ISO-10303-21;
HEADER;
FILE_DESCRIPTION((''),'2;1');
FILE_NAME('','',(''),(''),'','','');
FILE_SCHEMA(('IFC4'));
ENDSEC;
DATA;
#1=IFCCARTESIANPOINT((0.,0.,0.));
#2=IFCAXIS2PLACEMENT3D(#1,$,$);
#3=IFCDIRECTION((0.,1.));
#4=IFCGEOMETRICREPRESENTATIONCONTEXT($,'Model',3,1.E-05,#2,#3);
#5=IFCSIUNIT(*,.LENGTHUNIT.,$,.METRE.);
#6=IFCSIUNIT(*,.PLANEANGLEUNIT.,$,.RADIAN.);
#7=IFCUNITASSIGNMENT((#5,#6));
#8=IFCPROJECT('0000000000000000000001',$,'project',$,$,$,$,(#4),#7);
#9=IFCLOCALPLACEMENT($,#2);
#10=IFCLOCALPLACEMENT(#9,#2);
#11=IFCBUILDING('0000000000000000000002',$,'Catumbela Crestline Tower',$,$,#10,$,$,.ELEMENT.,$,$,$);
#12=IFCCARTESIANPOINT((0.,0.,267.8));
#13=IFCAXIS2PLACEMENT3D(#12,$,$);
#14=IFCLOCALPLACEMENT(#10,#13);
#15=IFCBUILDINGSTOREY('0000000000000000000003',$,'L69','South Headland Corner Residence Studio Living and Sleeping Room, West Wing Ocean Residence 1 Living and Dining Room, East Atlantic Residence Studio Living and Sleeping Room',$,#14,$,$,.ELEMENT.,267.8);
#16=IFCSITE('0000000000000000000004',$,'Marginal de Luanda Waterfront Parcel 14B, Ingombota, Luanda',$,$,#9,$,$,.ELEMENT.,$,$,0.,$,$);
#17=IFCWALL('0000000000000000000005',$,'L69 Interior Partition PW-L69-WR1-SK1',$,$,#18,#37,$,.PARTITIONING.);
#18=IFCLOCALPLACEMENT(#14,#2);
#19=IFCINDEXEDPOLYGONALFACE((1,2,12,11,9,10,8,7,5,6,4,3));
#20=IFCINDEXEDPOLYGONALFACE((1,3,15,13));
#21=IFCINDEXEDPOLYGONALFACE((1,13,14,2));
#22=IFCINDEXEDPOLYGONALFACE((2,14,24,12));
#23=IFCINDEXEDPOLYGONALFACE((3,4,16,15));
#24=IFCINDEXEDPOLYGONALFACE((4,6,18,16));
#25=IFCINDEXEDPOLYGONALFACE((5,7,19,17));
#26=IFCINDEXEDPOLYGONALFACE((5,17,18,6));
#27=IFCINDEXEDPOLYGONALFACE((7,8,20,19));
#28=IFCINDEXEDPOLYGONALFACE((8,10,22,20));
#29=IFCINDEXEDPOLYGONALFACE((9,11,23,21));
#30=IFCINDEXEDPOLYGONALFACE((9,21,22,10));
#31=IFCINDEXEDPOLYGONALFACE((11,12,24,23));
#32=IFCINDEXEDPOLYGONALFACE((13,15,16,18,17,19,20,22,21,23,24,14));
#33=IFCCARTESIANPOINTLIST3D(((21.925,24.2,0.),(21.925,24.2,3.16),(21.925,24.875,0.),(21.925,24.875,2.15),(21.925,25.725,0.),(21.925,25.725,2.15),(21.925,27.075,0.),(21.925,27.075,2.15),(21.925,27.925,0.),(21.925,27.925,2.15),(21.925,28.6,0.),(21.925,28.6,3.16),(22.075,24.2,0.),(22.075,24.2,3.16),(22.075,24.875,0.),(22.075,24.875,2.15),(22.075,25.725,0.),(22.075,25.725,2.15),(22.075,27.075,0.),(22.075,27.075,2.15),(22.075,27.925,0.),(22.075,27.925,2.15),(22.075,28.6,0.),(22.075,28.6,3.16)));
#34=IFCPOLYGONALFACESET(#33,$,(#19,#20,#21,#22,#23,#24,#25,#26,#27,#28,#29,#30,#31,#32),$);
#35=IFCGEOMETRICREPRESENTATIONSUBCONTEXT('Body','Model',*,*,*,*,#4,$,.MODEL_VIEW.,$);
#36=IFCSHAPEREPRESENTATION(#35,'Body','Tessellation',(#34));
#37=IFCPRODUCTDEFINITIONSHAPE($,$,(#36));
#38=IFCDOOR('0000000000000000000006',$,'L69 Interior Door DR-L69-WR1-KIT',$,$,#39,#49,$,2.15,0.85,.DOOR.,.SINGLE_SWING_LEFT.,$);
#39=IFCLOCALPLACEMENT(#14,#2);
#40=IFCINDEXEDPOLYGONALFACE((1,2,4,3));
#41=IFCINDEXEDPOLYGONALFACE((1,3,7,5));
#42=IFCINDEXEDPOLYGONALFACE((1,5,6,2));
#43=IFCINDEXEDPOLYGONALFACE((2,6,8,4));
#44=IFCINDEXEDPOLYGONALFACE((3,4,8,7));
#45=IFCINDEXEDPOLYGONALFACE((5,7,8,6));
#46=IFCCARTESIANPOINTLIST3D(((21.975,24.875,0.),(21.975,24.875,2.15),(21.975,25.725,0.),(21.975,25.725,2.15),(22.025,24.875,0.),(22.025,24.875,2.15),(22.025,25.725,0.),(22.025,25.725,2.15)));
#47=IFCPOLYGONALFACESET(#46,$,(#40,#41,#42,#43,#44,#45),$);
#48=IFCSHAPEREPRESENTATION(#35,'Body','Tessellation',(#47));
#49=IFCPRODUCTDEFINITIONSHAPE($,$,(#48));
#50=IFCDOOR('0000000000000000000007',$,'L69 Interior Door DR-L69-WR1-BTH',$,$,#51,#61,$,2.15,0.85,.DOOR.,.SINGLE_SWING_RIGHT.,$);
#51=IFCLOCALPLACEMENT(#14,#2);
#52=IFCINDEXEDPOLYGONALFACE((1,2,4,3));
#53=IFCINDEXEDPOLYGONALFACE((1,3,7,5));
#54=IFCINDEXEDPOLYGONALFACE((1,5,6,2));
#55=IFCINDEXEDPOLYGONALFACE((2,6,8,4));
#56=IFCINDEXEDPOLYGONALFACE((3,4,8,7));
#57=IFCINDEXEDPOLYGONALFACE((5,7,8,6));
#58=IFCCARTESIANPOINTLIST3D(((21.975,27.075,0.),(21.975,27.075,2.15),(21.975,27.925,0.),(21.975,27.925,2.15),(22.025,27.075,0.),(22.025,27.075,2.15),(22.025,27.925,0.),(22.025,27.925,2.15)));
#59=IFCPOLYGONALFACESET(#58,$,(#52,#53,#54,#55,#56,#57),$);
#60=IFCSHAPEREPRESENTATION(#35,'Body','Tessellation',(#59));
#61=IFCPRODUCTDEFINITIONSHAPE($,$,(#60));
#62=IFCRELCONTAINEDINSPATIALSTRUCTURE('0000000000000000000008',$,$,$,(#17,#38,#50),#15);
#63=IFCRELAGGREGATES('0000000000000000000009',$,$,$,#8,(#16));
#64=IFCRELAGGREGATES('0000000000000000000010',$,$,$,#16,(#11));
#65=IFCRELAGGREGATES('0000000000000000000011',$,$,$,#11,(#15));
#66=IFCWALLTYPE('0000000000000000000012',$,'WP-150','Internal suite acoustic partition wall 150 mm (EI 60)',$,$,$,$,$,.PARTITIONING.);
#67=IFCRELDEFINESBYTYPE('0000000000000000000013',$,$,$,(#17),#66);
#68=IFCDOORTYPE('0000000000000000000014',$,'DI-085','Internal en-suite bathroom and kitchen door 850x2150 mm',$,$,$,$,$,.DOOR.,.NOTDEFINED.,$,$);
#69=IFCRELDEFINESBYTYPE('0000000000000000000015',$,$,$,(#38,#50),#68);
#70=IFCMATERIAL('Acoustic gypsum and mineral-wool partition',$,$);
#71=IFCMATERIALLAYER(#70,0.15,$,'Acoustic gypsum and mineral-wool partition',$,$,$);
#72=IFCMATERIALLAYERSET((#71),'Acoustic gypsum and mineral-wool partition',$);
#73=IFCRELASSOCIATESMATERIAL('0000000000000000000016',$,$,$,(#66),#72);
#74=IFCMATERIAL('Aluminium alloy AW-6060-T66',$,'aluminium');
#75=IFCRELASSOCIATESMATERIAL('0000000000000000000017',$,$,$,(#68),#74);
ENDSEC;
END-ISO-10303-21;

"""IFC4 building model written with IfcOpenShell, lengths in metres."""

from ifc_helpers import new_model, si_unit, direction, frame, frame_2d, origin, place, context, subcontext, project, spatial, rectangle, extrude, material, layer, layer_set, type_object, element, fill, save


model = new_model("IFC4")

# Units and contexts
model_context = context("Model", 3, precision=1e-05, world=origin(), true_north=direction((0.0, 1.0)))
body_context = subcontext(model_context, "Body", "Model", "MODEL_VIEW")
ifc_project = project(units=[si_unit("LENGTHUNIT", "METRE"), si_unit("PLANEANGLEUNIT", "RADIAN")], contexts=[model_context])

# Site, building, storey
site_placement = place(None, origin())
site = spatial("IfcSite", under=ifc_project, at=site_placement, Name="Marginal de Luanda Waterfront Parcel 14B, Ingombota, Luanda", CompositionType="ELEMENT", RefElevation=0.0)
building_placement = place(site_placement, origin())
building = spatial("IfcBuilding", under=site, at=building_placement, Name="Catumbela Crestline Tower", CompositionType="ELEMENT")
storey_placement = place(building_placement, frame((0.0, 0.0, 267.8)))
storey = spatial("IfcBuildingStorey", under=building, at=storey_placement, Name="L69", Description="South Headland Corner Residence Studio Living and Sleeping Room, West Wing Ocean Residence 1 Living and Dining Room, East Atlantic Residence Studio Living and Sleeping Room", CompositionType="ELEMENT", Elevation=267.8)

# Shared definitions
ifc_material_1 = material(Name="Acoustic gypsum and mineral-wool partition")

# Shared definitions
ifc_material_2 = material(Name="Aluminium alloy AW-6060-T66", Category="aluminium")

# Shared definitions
ifc_layer_1 = layer(ifc_material_1, 0.15, Name="Acoustic gypsum and mineral-wool partition")
ifc_layer_set_1 = layer_set([ifc_layer_1], Name="Acoustic gypsum and mineral-wool partition")
wall_type_1 = type_object("IfcWallType", Name="WP-150", Description="Internal suite acoustic partition wall 150 mm (EI 60)", PredefinedType="PARTITIONING", material=ifc_layer_set_1)

# Shared definitions
door_type_1 = type_object("IfcDoorType", Name="DI-085", Description="Internal en-suite bathroom and kitchen door 850x2150 mm", OperationType="NOTDEFINED", PredefinedType="DOOR", material=ifc_material_2)

# Wall, openings, doors
wall_1_placement = place(storey_placement, frame((22.0, 24.2, 0.0), z_axis=(0.0, 0.0, 1.0), x_axis=(0.0, 1.0, 0.0)))
wall_1 = element("IfcWall", 1, at=wall_1_placement, inside=storey, type_object=wall_type_1, Name="L69 Interior Partition PW-L69-WR1-SK1", PredefinedType="PARTITIONING", context=body_context, shape_type="SweptSolid", body=[
    extrude(rectangle(XDim=4.4, YDim=0.15, at=frame_2d((2.2, 0.0))), origin(), (0.0, 0.0, 1.0), 3.16),
])
opening_1_placement = place(wall_1_placement, frame((0.675, 0.0, 0.0)))
opening_1 = element("IfcOpeningElement", 2, at=opening_1_placement, cuts=wall_1, PredefinedType="OPENING", context=body_context, shape_type="SweptSolid", body=[
    extrude(rectangle(XDim=0.85, YDim=2.15, at=frame_2d((0.425, 1.075))), frame((0.0, 0.085, 0.0), z_axis=(0.0, -1.0, 0.0), x_axis=(1.0, 0.0, 0.0)), (0.0, 0.0, 1.0), 0.17),
])
opening_2_placement = place(wall_1_placement, frame((2.875, 0.0, 0.0)))
opening_2 = element("IfcOpeningElement", 3, at=opening_2_placement, cuts=wall_1, PredefinedType="OPENING", context=body_context, shape_type="SweptSolid", body=[
    extrude(rectangle(XDim=0.85, YDim=2.15, at=frame_2d((0.425, 1.075))), frame((0.0, 0.085, 0.0), z_axis=(0.0, -1.0, 0.0), x_axis=(1.0, 0.0, 0.0)), (0.0, 0.0, 1.0), 0.17),
])
door_1_placement = place(opening_1_placement, origin())
door_1 = element("IfcDoor", 4, at=door_1_placement, inside=storey, type_object=door_type_1, Name="L69 Interior Door DR-L69-WR1-KIT", OperationType="SINGLE_SWING_LEFT", OverallHeight=2.15, OverallWidth=0.85, PredefinedType="DOOR", context=body_context, shape_type="SweptSolid", body=[
    extrude(rectangle(XDim=0.85, YDim=2.15, at=frame_2d((0.425, 1.075))), frame((0.0, 0.025, 0.0), z_axis=(0.0, -1.0, 0.0), x_axis=(1.0, 0.0, 0.0)), (0.0, 0.0, 1.0), 0.05),
])
fill(opening_1, door_1)
door_2_placement = place(opening_2_placement, origin())
door_2 = element("IfcDoor", 5, at=door_2_placement, inside=storey, type_object=door_type_1, Name="L69 Interior Door DR-L69-WR1-BTH", OperationType="SINGLE_SWING_RIGHT", OverallHeight=2.15, OverallWidth=0.85, PredefinedType="DOOR", context=body_context, shape_type="SweptSolid", body=[
    extrude(rectangle(XDim=0.85, YDim=2.15, at=frame_2d((0.425, 1.075))), frame((0.0, 0.025, 0.0), z_axis=(0.0, -1.0, 0.0), x_axis=(1.0, 0.0, 0.0)), (0.0, 0.0, 1.0), 0.05),
])
fill(opening_2, door_2)

save(model, "model.ifc")
